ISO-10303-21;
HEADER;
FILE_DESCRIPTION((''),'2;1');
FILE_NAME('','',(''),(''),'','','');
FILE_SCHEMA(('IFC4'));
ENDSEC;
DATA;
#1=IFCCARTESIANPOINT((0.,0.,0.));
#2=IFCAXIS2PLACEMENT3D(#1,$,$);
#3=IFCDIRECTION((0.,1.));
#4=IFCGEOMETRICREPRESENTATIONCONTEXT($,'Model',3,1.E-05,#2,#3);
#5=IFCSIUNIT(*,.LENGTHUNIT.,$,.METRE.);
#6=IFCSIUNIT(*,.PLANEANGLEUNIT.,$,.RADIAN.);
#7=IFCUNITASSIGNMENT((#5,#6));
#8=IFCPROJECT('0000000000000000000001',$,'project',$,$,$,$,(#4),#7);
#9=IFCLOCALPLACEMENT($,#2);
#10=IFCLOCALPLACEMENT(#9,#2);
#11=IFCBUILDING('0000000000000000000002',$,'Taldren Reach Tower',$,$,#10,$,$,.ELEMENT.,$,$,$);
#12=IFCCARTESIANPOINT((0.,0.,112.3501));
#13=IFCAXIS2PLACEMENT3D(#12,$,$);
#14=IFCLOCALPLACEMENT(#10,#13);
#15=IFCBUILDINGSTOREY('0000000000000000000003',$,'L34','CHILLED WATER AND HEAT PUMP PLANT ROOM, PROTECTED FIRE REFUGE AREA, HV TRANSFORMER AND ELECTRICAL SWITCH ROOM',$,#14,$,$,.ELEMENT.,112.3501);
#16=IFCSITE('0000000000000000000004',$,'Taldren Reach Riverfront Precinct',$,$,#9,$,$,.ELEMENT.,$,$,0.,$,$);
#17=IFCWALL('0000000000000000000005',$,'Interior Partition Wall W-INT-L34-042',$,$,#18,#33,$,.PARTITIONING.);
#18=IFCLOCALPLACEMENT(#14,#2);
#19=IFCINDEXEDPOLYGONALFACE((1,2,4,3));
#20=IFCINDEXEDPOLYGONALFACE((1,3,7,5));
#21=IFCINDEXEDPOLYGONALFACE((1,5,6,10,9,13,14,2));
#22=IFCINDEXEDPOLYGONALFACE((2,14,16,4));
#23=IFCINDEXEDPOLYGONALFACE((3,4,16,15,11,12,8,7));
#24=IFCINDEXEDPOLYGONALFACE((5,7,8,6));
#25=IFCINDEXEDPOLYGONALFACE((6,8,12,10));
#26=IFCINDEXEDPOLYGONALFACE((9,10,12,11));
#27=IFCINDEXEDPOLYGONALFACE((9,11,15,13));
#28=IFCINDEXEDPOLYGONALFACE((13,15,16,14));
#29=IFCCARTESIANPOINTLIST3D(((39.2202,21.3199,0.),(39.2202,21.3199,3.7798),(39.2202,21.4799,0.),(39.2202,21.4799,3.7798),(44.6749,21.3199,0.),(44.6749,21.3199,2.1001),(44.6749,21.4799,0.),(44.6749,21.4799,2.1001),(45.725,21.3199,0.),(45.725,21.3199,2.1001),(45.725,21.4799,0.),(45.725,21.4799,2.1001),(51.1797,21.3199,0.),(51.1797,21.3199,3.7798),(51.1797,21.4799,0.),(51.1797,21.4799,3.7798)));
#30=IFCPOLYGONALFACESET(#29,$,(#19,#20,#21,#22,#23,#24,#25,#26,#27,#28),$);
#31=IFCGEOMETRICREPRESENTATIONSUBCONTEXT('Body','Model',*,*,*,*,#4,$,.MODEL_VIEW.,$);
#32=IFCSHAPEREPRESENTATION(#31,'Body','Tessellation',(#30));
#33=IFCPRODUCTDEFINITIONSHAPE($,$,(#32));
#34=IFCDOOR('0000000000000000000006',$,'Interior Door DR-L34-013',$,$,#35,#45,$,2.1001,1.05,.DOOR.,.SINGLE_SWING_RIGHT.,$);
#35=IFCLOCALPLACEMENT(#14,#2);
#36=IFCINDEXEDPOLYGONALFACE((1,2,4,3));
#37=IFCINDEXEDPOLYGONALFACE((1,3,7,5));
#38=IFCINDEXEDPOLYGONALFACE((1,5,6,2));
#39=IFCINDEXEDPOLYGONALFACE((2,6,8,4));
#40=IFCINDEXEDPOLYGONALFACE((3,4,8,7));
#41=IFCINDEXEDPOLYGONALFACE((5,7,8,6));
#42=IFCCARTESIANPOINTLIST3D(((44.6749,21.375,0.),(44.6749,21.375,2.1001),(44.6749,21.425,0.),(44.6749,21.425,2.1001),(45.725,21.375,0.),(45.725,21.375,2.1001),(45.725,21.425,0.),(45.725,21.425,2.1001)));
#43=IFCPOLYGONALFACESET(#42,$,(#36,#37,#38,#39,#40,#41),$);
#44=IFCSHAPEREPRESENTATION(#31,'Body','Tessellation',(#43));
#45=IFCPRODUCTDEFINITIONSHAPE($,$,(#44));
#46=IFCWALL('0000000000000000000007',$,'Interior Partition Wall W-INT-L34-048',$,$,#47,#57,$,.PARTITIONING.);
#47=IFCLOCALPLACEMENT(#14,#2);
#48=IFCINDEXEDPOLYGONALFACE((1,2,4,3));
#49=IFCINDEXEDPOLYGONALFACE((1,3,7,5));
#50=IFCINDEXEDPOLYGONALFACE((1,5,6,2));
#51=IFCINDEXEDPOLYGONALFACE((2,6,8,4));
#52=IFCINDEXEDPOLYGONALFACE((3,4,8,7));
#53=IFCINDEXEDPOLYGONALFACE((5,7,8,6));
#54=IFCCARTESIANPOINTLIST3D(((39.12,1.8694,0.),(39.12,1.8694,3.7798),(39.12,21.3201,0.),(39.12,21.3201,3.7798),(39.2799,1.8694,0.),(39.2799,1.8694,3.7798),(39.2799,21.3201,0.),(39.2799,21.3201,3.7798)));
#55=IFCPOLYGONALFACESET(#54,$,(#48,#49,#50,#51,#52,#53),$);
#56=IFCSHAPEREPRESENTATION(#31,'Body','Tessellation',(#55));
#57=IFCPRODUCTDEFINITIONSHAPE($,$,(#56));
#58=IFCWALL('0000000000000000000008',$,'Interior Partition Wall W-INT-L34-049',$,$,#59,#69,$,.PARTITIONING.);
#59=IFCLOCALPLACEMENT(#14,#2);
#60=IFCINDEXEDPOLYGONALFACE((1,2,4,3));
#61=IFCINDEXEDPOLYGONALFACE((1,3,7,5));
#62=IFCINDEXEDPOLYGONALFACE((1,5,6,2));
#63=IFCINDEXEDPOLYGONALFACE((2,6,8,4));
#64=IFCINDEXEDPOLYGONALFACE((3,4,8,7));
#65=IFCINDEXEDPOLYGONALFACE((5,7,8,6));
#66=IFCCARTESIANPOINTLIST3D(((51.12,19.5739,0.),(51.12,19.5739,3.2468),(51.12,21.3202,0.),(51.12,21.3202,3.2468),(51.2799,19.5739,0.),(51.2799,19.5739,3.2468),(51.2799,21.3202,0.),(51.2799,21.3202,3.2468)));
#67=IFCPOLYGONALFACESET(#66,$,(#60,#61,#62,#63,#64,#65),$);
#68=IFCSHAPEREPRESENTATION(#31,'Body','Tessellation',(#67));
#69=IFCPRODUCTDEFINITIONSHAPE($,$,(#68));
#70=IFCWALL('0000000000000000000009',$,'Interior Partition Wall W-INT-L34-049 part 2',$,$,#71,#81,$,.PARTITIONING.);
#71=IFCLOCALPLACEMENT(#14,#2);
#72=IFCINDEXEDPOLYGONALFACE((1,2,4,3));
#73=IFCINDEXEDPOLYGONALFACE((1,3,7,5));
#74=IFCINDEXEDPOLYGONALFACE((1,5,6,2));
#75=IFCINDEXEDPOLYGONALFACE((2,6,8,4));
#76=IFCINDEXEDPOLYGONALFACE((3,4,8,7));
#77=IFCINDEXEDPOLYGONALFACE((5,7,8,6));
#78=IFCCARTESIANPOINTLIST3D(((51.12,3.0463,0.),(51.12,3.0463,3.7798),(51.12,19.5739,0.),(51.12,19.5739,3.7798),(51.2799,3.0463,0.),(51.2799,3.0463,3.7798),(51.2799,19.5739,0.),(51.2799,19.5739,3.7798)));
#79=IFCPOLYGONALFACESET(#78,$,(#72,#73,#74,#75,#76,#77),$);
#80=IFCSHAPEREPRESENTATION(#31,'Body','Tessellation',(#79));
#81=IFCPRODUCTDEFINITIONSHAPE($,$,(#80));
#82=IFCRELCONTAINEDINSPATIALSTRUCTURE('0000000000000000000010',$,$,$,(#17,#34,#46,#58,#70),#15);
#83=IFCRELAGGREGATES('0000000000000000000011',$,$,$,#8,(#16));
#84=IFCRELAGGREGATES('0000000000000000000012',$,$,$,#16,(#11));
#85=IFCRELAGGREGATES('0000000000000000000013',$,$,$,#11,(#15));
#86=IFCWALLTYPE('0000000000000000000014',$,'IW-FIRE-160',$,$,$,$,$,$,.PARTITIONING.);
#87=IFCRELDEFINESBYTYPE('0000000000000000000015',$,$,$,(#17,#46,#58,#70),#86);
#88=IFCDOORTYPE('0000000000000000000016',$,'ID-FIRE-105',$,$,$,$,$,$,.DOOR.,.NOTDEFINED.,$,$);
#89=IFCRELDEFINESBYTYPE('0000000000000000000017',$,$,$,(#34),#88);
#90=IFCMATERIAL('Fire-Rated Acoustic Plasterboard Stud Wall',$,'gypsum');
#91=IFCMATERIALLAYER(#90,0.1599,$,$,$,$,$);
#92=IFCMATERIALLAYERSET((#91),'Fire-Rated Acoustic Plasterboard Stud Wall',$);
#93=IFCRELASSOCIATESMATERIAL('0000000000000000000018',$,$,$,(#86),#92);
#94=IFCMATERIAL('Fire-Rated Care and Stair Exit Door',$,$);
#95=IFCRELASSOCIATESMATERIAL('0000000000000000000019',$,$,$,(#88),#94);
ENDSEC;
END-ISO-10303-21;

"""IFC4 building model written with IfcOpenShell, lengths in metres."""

from ifc_helpers import new_model, si_unit, direction, frame, frame_2d, origin, place, context, subcontext, project, spatial, rectangle, extrude, source, transform, mapped, material, layer, layer_set, type_object, element, fill, save


model = new_model("IFC4")

# Units and contexts
model_context = context("Model", 3, precision=1e-05, world=origin(), true_north=direction((0.0, 1.0)))
body_context = subcontext(model_context, "Body", "Model", "MODEL_VIEW")
ifc_project = project(units=[si_unit("LENGTHUNIT", "METRE"), si_unit("PLANEANGLEUNIT", "RADIAN")], contexts=[model_context])

# Site, building, storey
site_placement = place(None, origin())
site = spatial("IfcSite", under=ifc_project, at=site_placement, Name="Taldren Reach Riverfront Precinct", CompositionType="ELEMENT", RefElevation=0.0)
building_placement = place(site_placement, origin())
building = spatial("IfcBuilding", under=site, at=building_placement, Name="Taldren Reach Tower", CompositionType="ELEMENT")
storey_placement = place(building_placement, frame((0.0, 0.0, 112.3501)))
storey = spatial("IfcBuildingStorey", under=building, at=storey_placement, Name="L34", Description="CHILLED WATER AND HEAT PUMP PLANT ROOM, PROTECTED FIRE REFUGE AREA, HV TRANSFORMER AND ELECTRICAL SWITCH ROOM", CompositionType="ELEMENT", Elevation=112.3501)

# Wall, opening, door
ifc_material_1 = material(Name="Fire-Rated Acoustic Plasterboard Stud Wall", Category="gypsum")
ifc_layer = layer(ifc_material_1, 0.1599)
ifc_layer_set = layer_set([ifc_layer], Name="Fire-Rated Acoustic Plasterboard Stud Wall")
wall_type = type_object("IfcWallType", Name="IW-FIRE-160", PredefinedType="PARTITIONING", material=ifc_layer_set)
shared_shape_1 = source(origin(), body_context, "Body", "SweptSolid", [
    extrude(rectangle(XDim=11.9595, YDim=0.1599, at=frame_2d((5.9797, 0.0))), origin(), (0.0, 0.0, 1.0), 3.7798),
])
shared_shape_2 = source(origin(), body_context, "Body", "SweptSolid", [
    extrude(rectangle(XDim=1.05, YDim=2.1001, at=frame_2d((0.5249, 1.05))), frame((0.0, 0.0898, 0.0), z_axis=(0.0, -1.0, 0.0), x_axis=(1.0, 0.0, 0.0)), (0.0, 0.0, 1.0), 0.1799),
])
ifc_material_2 = material(Name="Fire-Rated Care and Stair Exit Door")
door_type = type_object("IfcDoorType", Name="ID-FIRE-105", OperationType="NOTDEFINED", PredefinedType="DOOR", material=ifc_material_2)
shared_shape_3 = source(origin(), body_context, "Body", "SweptSolid", [
    extrude(rectangle(XDim=1.05, YDim=2.1001, at=frame_2d((0.5249, 1.05))), frame((0.0, 0.0249, 0.0), z_axis=(0.0, -1.0, 0.0), x_axis=(1.0, 0.0, 0.0)), (0.0, 0.0, 1.0), 0.05),
])
wall_1_placement = place(storey_placement, frame((51.1797, 21.3999, 0.0), z_axis=(0.0, 0.0, 1.0), x_axis=(-1.0, 0.0, 0.0)))
wall_1 = element("IfcWall", 1, at=wall_1_placement, inside=storey, type_object=wall_type, Name="Interior Partition Wall W-INT-L34-042", PredefinedType="PARTITIONING", context=body_context, shape_type="MappedRepresentation", body=[
    mapped(shared_shape_1, transform((0.0, 0.0, 0.0), scale=1.0)),
])
opening_1_placement = place(wall_1_placement, frame((5.4548, 0.0, 0.0)))
opening_1 = element("IfcOpeningElement", 2, at=opening_1_placement, cuts=wall_1, PredefinedType="OPENING", context=body_context, shape_type="MappedRepresentation", body=[
    mapped(shared_shape_2, transform((0.0, 0.0, 0.0), scale=1.0)),
])
door_1_placement = place(opening_1_placement, origin())
door_1 = element("IfcDoor", 3, at=door_1_placement, inside=storey, type_object=door_type, Name="Interior Door DR-L34-013", OperationType="SINGLE_SWING_RIGHT", OverallHeight=2.1001, OverallWidth=1.05, PredefinedType="DOOR", context=body_context, shape_type="MappedRepresentation", body=[
    mapped(shared_shape_3, transform((0.0, 0.0, 0.0), scale=1.0)),
])
fill(opening_1, door_1)

# Walls
shared_shape_4 = source(origin(), body_context, "Body", "SweptSolid", [
    extrude(rectangle(XDim=19.4507, YDim=0.1599, at=frame_2d((9.7253, 0.0))), origin(), (0.0, 0.0, 1.0), 3.7798),
])
wall_2_placement = place(storey_placement, frame((39.2, 21.3201, 0.0), z_axis=(0.0, 0.0, 1.0), x_axis=(0.0, -1.0, 0.0)))
element("IfcWall", 4, at=wall_2_placement, inside=storey, type_object=wall_type, Name="Interior Partition Wall W-INT-L34-048", PredefinedType="PARTITIONING", context=body_context, shape_type="MappedRepresentation", body=[
    mapped(shared_shape_4, transform((0.0, 0.0, 0.0), scale=1.0)),
])
shared_shape_5 = source(origin(), body_context, "Body", "SweptSolid", [
    extrude(rectangle(XDim=1.7463, YDim=0.1599, at=frame_2d((0.873, 0.0))), origin(), (0.0, 0.0, 1.0), 3.2468),
])
wall_3_placement = place(storey_placement, frame((51.2, 21.3201, 0.0), z_axis=(0.0, 0.0, 1.0), x_axis=(0.0, -1.0, 0.0)))
element("IfcWall", 5, at=wall_3_placement, inside=storey, type_object=wall_type, Name="Interior Partition Wall W-INT-L34-049", PredefinedType="PARTITIONING", context=body_context, shape_type="MappedRepresentation", body=[
    mapped(shared_shape_5, transform((0.0, 0.0, 0.0), scale=1.0)),
])
shared_shape_6 = source(origin(), body_context, "Body", "SweptSolid", [
    extrude(rectangle(XDim=16.5276, YDim=0.1599, at=frame_2d((8.2637, 0.0))), origin(), (0.0, 0.0, 1.0), 3.7798),
])
wall_4_placement = place(storey_placement, frame((51.2, 19.5737, 0.0), z_axis=(0.0, 0.0, 1.0), x_axis=(0.0, -1.0, 0.0)))
element("IfcWall", 6, at=wall_4_placement, inside=storey, type_object=wall_type, Name="Interior Partition Wall W-INT-L34-049 part 2", PredefinedType="PARTITIONING", context=body_context, shape_type="MappedRepresentation", body=[
    mapped(shared_shape_6, transform((0.0, 0.0, 0.0), scale=1.0)),
])

save(model, "model.ifc")
